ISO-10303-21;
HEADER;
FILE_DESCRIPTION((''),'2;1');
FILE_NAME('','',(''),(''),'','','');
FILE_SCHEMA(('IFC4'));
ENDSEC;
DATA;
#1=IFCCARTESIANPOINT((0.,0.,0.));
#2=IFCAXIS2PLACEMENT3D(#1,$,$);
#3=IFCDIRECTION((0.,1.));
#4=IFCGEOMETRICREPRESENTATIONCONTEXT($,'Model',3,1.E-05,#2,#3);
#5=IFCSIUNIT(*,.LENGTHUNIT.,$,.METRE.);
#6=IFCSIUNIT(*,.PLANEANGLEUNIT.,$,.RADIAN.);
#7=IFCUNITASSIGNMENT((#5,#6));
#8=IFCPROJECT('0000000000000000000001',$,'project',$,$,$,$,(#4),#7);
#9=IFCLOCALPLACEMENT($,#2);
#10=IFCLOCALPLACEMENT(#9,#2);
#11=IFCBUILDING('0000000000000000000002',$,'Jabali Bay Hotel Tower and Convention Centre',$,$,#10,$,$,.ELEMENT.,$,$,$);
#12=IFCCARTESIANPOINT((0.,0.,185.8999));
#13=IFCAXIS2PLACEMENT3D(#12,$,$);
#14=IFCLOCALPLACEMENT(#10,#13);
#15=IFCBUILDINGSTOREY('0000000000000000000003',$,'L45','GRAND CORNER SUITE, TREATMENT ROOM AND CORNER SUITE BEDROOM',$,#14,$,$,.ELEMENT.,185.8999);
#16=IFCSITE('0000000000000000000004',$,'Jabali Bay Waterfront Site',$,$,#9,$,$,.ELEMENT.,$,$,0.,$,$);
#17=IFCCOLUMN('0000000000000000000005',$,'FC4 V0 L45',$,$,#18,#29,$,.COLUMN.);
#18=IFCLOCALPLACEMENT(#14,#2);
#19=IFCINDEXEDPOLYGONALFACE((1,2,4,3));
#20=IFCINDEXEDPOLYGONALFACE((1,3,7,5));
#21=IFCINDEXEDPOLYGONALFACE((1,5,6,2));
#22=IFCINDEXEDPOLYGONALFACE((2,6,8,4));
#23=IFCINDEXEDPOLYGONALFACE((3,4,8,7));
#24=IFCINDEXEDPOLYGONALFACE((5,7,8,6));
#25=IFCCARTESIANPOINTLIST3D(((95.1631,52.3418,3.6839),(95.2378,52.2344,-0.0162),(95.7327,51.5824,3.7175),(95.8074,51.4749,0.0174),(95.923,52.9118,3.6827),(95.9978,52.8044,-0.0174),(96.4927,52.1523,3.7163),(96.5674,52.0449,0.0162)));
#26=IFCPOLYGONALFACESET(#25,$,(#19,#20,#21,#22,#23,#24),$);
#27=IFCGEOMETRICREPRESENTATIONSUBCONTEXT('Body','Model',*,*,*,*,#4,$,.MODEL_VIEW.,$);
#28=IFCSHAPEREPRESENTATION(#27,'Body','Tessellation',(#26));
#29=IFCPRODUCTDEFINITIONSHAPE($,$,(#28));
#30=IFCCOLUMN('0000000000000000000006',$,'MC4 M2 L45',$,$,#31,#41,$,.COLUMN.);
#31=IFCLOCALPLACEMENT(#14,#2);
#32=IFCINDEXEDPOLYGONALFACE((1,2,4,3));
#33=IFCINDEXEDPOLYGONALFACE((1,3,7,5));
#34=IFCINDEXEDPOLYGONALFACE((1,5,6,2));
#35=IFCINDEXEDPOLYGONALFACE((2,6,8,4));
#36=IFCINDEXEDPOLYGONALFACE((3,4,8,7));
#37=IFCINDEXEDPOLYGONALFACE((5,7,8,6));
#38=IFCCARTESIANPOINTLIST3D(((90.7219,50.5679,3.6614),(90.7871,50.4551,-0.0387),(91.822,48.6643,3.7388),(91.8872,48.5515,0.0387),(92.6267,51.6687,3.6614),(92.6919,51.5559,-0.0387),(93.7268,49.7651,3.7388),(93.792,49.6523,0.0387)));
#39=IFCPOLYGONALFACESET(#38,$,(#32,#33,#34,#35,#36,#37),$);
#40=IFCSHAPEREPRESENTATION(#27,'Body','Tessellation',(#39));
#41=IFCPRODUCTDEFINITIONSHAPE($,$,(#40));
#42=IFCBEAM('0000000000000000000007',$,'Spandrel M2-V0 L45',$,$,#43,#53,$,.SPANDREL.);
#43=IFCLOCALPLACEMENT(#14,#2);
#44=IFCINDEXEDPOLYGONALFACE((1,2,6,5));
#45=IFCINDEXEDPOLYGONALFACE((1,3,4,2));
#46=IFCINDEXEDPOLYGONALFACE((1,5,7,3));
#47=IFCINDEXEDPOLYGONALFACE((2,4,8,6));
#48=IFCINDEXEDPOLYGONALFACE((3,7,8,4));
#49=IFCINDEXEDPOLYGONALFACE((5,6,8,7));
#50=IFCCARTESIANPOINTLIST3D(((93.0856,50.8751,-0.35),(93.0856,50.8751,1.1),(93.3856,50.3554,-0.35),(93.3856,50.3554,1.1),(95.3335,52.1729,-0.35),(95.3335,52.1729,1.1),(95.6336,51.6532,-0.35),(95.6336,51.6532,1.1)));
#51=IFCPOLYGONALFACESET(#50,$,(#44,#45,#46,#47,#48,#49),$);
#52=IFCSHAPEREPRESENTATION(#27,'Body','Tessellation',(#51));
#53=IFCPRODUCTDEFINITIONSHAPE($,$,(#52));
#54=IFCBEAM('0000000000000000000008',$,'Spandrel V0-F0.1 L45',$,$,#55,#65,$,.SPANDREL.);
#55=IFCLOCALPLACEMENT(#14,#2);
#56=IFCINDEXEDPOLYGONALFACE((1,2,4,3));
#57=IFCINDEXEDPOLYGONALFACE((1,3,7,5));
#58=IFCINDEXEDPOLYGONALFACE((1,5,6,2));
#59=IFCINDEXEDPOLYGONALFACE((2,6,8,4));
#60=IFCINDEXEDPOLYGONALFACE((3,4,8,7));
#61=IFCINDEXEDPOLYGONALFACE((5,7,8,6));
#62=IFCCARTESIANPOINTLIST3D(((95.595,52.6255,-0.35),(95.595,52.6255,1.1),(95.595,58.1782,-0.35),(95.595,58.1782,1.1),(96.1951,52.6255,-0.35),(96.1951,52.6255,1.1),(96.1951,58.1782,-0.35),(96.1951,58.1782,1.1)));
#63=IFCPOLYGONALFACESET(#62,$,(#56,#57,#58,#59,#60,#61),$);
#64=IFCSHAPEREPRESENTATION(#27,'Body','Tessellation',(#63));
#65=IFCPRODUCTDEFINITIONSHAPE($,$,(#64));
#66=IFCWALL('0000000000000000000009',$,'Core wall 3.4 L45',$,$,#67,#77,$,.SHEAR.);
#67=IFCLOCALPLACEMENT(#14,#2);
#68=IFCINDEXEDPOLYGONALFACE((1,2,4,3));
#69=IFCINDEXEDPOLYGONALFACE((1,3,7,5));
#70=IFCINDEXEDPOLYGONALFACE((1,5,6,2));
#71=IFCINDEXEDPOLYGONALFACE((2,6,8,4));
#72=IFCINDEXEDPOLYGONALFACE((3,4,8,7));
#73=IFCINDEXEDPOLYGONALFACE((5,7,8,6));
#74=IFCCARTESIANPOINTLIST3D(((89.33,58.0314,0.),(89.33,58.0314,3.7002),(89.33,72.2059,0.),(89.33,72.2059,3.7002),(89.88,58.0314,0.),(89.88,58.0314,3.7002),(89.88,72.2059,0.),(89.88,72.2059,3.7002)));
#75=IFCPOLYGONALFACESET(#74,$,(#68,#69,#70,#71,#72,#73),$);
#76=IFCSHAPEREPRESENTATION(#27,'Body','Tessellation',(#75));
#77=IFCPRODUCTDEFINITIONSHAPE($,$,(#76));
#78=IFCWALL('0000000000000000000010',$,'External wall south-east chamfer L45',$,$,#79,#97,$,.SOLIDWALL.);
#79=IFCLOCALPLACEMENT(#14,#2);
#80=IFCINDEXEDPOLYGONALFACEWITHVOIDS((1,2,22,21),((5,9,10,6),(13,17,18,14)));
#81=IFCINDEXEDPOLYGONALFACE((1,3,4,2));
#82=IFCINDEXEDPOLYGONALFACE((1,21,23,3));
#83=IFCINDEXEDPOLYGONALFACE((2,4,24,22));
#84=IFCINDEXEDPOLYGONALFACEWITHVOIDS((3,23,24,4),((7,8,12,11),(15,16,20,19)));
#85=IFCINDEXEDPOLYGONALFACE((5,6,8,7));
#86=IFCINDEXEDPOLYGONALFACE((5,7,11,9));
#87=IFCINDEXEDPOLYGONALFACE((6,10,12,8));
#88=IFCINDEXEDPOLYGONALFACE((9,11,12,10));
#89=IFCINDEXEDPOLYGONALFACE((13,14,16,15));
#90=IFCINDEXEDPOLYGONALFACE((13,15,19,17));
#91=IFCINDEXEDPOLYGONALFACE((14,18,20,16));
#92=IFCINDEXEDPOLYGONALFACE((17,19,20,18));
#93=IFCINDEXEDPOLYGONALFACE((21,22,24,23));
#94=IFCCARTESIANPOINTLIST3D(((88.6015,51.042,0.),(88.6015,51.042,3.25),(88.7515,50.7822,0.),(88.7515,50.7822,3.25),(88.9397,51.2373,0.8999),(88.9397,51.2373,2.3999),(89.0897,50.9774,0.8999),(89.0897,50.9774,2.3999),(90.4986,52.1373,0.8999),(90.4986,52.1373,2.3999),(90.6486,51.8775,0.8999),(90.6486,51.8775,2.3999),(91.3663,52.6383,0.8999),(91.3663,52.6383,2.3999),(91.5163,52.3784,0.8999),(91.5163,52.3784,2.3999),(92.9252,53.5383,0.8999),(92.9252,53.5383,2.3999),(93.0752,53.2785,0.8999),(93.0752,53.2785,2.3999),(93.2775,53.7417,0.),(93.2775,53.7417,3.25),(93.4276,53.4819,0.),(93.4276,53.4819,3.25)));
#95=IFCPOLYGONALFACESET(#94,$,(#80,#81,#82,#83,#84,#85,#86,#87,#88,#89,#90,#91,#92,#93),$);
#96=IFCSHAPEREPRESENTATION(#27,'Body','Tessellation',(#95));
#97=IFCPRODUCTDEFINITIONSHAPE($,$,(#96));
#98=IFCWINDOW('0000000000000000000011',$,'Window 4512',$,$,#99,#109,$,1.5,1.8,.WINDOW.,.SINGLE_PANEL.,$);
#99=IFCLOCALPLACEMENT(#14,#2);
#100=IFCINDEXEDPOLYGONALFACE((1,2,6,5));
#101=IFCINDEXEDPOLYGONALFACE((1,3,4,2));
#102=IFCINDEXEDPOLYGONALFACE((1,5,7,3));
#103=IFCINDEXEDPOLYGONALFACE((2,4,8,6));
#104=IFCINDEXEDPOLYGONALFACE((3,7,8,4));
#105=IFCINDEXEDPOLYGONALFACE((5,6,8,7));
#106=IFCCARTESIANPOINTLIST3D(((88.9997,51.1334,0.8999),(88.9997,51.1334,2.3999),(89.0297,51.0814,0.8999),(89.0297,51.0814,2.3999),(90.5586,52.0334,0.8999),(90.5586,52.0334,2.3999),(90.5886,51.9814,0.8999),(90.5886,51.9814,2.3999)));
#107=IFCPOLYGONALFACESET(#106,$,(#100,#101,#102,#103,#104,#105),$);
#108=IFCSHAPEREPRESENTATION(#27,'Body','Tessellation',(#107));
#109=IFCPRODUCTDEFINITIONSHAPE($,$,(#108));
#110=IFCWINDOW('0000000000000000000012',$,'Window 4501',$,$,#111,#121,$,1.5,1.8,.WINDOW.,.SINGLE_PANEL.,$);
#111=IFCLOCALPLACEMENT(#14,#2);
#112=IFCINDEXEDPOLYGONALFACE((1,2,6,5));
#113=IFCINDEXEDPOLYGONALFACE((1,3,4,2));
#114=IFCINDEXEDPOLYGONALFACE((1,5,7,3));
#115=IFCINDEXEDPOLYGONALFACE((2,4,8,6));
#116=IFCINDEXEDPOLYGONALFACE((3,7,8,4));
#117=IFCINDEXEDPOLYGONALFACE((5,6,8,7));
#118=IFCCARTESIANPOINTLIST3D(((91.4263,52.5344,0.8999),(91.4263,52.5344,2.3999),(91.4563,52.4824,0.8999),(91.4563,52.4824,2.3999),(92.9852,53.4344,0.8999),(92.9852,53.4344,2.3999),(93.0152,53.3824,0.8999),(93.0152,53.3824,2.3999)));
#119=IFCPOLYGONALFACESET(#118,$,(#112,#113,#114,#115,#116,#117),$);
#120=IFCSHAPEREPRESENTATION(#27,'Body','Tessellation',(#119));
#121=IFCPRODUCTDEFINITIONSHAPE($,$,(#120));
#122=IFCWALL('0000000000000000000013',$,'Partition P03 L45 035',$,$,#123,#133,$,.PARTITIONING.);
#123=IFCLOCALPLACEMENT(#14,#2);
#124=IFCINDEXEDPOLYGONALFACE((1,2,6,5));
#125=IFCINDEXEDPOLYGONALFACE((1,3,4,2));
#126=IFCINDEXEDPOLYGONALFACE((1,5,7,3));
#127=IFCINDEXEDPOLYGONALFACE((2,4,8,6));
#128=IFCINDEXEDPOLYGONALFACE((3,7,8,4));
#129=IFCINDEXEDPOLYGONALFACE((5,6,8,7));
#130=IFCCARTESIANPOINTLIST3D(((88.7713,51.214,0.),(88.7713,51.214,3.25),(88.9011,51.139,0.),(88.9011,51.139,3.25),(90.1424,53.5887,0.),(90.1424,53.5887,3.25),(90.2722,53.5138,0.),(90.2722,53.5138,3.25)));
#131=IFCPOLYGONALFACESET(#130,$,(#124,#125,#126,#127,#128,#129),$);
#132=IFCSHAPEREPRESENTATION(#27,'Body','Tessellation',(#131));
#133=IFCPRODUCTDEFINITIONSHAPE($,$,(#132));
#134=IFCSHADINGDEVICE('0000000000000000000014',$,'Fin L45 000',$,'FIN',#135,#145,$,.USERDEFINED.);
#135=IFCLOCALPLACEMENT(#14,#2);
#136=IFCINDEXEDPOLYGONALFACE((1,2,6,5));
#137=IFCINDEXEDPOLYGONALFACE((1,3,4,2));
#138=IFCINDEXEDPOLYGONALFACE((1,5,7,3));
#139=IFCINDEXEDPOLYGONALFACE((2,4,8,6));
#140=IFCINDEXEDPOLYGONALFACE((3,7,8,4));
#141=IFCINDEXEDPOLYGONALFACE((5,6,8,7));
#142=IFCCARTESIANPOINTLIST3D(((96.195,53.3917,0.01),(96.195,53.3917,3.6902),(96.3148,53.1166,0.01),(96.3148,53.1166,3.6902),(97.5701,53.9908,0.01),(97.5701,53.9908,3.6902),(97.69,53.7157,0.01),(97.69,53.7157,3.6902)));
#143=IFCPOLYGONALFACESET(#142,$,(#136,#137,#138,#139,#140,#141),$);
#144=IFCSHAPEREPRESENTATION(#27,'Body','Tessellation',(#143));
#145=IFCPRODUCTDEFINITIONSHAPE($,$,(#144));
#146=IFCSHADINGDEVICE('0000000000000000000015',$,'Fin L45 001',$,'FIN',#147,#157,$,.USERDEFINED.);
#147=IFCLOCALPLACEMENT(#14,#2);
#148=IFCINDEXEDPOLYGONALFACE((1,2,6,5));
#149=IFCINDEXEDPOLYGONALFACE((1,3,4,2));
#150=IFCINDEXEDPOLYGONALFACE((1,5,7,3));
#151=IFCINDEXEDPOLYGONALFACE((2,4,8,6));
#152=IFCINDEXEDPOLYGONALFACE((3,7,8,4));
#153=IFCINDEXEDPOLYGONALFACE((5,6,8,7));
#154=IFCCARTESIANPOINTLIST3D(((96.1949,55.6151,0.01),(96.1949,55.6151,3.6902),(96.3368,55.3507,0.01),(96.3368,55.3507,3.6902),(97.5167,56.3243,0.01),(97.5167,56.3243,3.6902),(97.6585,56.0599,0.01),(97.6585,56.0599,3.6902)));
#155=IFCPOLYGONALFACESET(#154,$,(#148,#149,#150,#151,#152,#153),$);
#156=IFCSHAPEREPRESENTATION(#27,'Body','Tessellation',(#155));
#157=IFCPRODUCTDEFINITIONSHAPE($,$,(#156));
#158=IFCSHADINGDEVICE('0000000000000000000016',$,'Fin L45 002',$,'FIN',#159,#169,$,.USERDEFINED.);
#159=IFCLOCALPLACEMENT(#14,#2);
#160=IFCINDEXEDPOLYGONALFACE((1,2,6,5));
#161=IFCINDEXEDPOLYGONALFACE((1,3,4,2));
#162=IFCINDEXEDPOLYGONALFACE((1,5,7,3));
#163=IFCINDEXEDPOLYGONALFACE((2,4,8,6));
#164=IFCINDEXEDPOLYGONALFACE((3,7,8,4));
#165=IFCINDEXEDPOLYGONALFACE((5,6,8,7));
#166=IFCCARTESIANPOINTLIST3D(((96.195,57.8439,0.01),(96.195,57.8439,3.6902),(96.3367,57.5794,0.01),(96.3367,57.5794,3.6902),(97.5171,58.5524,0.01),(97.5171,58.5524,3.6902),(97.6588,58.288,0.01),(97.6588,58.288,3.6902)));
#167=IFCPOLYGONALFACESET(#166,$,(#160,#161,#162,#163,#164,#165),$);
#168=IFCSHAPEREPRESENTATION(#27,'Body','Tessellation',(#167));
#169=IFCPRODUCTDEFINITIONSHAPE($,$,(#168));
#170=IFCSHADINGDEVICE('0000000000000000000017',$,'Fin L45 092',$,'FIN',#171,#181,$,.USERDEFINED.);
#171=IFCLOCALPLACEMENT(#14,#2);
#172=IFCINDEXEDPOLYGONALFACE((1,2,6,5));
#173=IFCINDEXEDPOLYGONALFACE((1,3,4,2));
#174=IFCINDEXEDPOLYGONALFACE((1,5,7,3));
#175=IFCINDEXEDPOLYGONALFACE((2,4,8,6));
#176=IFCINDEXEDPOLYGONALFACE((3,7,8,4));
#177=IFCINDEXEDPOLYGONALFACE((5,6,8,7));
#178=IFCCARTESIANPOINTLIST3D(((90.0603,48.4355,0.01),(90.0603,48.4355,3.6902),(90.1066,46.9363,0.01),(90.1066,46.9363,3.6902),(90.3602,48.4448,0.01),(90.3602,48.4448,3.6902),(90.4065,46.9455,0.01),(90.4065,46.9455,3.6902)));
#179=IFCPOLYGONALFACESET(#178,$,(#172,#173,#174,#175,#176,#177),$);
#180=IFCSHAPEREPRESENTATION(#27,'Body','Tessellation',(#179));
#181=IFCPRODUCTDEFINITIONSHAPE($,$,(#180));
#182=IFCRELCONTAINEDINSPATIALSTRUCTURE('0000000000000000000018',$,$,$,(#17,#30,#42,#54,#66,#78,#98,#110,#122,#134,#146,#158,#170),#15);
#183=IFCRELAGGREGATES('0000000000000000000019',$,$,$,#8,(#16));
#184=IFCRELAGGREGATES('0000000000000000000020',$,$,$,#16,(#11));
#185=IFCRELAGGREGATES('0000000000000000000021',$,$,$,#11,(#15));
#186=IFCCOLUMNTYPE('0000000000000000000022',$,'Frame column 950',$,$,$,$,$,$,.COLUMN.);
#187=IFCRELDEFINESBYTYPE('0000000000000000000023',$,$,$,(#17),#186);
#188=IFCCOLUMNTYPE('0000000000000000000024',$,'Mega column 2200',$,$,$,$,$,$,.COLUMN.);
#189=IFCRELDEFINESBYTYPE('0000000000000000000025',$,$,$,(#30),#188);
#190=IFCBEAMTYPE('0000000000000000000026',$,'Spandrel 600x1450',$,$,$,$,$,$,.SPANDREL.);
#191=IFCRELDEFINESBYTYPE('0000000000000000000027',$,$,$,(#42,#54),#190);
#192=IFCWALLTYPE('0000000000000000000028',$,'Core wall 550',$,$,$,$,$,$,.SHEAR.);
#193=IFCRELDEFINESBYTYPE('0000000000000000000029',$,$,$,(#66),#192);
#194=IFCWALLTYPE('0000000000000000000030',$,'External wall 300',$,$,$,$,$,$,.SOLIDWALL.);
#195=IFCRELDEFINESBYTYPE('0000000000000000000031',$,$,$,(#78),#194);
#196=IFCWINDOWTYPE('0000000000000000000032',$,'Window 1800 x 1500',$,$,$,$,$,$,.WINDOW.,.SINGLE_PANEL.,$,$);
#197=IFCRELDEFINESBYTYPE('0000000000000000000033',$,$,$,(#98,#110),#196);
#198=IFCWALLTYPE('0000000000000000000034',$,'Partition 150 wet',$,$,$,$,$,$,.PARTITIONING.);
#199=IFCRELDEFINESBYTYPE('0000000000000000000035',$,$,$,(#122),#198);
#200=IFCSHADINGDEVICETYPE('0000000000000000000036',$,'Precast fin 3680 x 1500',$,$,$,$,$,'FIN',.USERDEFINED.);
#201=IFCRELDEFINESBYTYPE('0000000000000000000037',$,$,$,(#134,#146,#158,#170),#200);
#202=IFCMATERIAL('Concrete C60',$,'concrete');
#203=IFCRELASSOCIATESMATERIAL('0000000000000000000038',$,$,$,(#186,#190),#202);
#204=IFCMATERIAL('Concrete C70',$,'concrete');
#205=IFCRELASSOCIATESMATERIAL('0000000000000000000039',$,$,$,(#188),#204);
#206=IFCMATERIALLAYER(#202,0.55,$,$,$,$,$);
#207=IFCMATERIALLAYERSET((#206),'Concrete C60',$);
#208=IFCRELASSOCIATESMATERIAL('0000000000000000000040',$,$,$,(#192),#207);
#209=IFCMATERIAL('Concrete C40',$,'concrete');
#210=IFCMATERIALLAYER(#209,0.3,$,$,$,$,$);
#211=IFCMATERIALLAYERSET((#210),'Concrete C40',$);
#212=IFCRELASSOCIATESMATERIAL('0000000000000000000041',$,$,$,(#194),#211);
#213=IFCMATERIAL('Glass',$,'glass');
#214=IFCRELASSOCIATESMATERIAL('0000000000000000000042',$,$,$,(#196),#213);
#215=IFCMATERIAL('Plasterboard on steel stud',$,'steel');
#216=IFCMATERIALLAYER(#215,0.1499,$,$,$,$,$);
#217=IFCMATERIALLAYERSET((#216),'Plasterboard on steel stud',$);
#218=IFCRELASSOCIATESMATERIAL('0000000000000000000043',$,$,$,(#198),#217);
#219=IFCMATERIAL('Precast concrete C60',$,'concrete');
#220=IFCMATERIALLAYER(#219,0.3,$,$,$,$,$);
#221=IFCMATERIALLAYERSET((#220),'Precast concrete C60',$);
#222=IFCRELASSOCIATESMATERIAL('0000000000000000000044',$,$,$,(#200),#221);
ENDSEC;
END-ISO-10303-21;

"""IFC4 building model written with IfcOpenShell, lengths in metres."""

from ifc_helpers import new_model, si_unit, direction, frame, frame_2d, origin, origin_2d, place, context, subcontext, project, spatial, rectangle, extrude, material, layer, layer_set, material_profile, profile_set, type_object, element, fill, save


model = new_model("IFC4")

# Units and contexts
model_context = context("Model", 3, precision=1e-05, world=origin(), true_north=direction((0.0, 1.0)))
body_context = subcontext(model_context, "Body", "Model", "MODEL_VIEW")
ifc_project = project(units=[si_unit("LENGTHUNIT", "METRE"), si_unit("PLANEANGLEUNIT", "RADIAN")], contexts=[model_context])

# Site, building, storey
site_placement = place(None, origin())
site = spatial("IfcSite", under=ifc_project, at=site_placement, Name="Jabali Bay Waterfront Site", CompositionType="ELEMENT", RefElevation=0.0)
building_placement = place(site_placement, origin())
building = spatial("IfcBuilding", under=site, at=building_placement, Name="Jabali Bay Hotel Tower and Convention Centre", CompositionType="ELEMENT")
storey_placement = place(building_placement, frame((0.0, 0.0, 185.8999)))
storey = spatial("IfcBuildingStorey", under=building, at=storey_placement, Name="L45", Description="GRAND CORNER SUITE, TREATMENT ROOM AND CORNER SUITE BEDROOM", CompositionType="ELEMENT", Elevation=185.8999)

# Columns
ifc_material_1 = material(Name="Concrete C60", Category="concrete")
ifc_material_profile_1 = material_profile(ifc_material_1, rectangle(XDim=0.95, YDim=0.95, at=origin_2d()), Name="Frame column 950")
ifc_profile_set_1 = profile_set([ifc_material_profile_1], Name="Concrete C60")
column_type_1 = type_object("IfcColumnType", Name="Frame column 950", PredefinedType="COLUMN", material=ifc_profile_set_1)
column_1_placement = place(storey_placement, frame((95.9026, 52.1396, 0.0), z_axis=(-0.020177, 0.029013, 0.999375), x_axis=(-0.800007, -0.599989, 0.001266)))
element("IfcColumn", 1, at=column_1_placement, inside=storey, type_object=column_type_1, Name="FC4 V0 L45", PredefinedType="COLUMN", context=body_context, shape_type="SweptSolid", body=[
    extrude(rectangle(XDim=0.95, YDim=0.95, at=origin_2d()), origin(), (0.0, 0.0, 1.0), 3.7024),
])
ifc_material_2 = material(Name="Concrete C70", Category="concrete")
ifc_material_profile_2 = material_profile(ifc_material_2, rectangle(XDim=2.2, YDim=2.2, at=origin_2d()), Name="Mega column 2200")
ifc_profile_set_2 = profile_set([ifc_material_profile_2], Name="Concrete C70")
column_type_2 = type_object("IfcColumnType", Name="Mega column 2200", PredefinedType="COLUMN", material=ifc_profile_set_2)
column_2_placement = place(storey_placement, frame((92.2896, 50.0537, 0.0), z_axis=(-0.017606, 0.030464, 0.999381), x_axis=(0.500056, -0.865278, 0.035186)))
element("IfcColumn", 2, at=column_2_placement, inside=storey, type_object=column_type_2, Name="MC4 M2 L45", PredefinedType="COLUMN", context=body_context, shape_type="SweptSolid", body=[
    extrude(rectangle(XDim=2.2, YDim=2.2, at=origin_2d()), origin(), (0.0, 0.0, 1.0), 3.7024),
])

# Beams
ifc_material_profile_3 = material_profile(ifc_material_1, rectangle(XDim=0.6001, YDim=1.45, at=origin_2d()), Name="Spandrel 600x1450")
ifc_profile_set_3 = profile_set([ifc_material_profile_3], Name="Concrete C60")
beam_type = type_object("IfcBeamType", Name="Spandrel 600x1450", PredefinedType="SPANDREL", material=ifc_profile_set_3)
beam_1_placement = place(storey_placement, frame((93.2356, 50.6152, 0.375), z_axis=(0.866035, 0.499983, 0.0), x_axis=(-0.499983, 0.866035, 0.0)))
element("IfcBeam", 3, at=beam_1_placement, inside=storey, type_object=beam_type, Name="Spandrel M2-V0 L45", PredefinedType="SPANDREL", context=body_context, shape_type="SweptSolid", body=[
    extrude(rectangle(XDim=0.6001, YDim=1.45, at=origin_2d()), origin(), (0.0, 0.0, 1.0), 2.5957),
])
beam_2_placement = place(storey_placement, frame((95.895, 52.6255, 0.375), z_axis=(0.0, 1.0, 0.0), x_axis=(-1.0, 0.0, 0.0)))
element("IfcBeam", 4, at=beam_2_placement, inside=storey, type_object=beam_type, Name="Spandrel V0-F0.1 L45", PredefinedType="SPANDREL", context=body_context, shape_type="SweptSolid", body=[
    extrude(rectangle(XDim=0.6001, YDim=1.45, at=origin_2d()), origin(), (0.0, 0.0, 1.0), 5.5527),
])

# Wall
ifc_layer_1 = layer(ifc_material_1, 0.55)
ifc_layer_set_1 = layer_set([ifc_layer_1], Name="Concrete C60")
wall_type_1 = type_object("IfcWallType", Name="Core wall 550", PredefinedType="SHEAR", material=ifc_layer_set_1)
wall_1_placement = place(storey_placement, frame((89.605, 58.0312, 0.0), z_axis=(0.0, 0.0, 1.0), x_axis=(0.0, 1.0, 0.0)))
element("IfcWall", 5, at=wall_1_placement, inside=storey, type_object=wall_type_1, Name="Core wall 3.4 L45", PredefinedType="SHEAR", context=body_context, shape_type="SweptSolid", body=[
    extrude(rectangle(XDim=14.1746, YDim=0.55, at=frame_2d((7.0874, 0.0))), origin(), (0.0, 0.0, 1.0), 3.7002),
])

# Wall, openings, windows
ifc_material_3 = material(Name="Concrete C40", Category="concrete")
ifc_layer_2 = layer(ifc_material_3, 0.3)
ifc_layer_set_2 = layer_set([ifc_layer_2], Name="Concrete C40")
wall_type_2 = type_object("IfcWallType", Name="External wall 300", PredefinedType="SOLIDWALL", material=ifc_layer_set_2)
wall_2_placement = place(storey_placement, frame((93.3525, 53.6118, 0.0), z_axis=(0.0, 0.0, 1.0), x_axis=(-0.866025, -0.5, 0.0)))
wall_2 = element("IfcWall", 6, at=wall_2_placement, inside=storey, type_object=wall_type_2, Name="External wall south-east chamfer L45", PredefinedType="SOLIDWALL", context=body_context, shape_type="SweptSolid", body=[
    extrude(rectangle(XDim=5.3994, YDim=0.3, at=frame_2d((2.6997, 0.0))), origin(), (0.0, 0.0, 1.0), 3.25),
])
opening_1_placement = place(wall_2_placement, frame((3.209, 0.0, 0.8999)))
opening_1 = element("IfcOpeningElement", 7, at=opening_1_placement, cuts=wall_2, PredefinedType="OPENING", context=body_context, shape_type="SweptSolid", body=[
    extrude(rectangle(XDim=1.8, YDim=1.5, at=frame_2d((0.8999, 0.75))), frame((0.0, 0.1606, 0.0), z_axis=(0.0, -1.0, 0.0), x_axis=(1.0, 0.0, 0.0)), (0.0, 0.0, 1.0), 0.321),
])
opening_2_placement = place(wall_2_placement, frame((0.407, 0.0, 0.8999)))
opening_2 = element("IfcOpeningElement", 8, at=opening_2_placement, cuts=wall_2, PredefinedType="OPENING", context=body_context, shape_type="SweptSolid", body=[
    extrude(rectangle(XDim=1.8, YDim=1.5, at=frame_2d((0.8999, 0.75))), frame((0.0, 0.1606, 0.0), z_axis=(0.0, -1.0, 0.0), x_axis=(1.0, 0.0, 0.0)), (0.0, 0.0, 1.0), 0.321),
])
ifc_material_4 = material(Name="Glass", Category="glass")
window_type = type_object("IfcWindowType", Name="Window 1800 x 1500", PartitioningType="SINGLE_PANEL", PredefinedType="WINDOW", material=ifc_material_4)
window_1_placement = place(opening_1_placement, origin())
window_1 = element("IfcWindow", 9, at=window_1_placement, inside=storey, type_object=window_type, Name="Window 4512", OverallHeight=1.5, OverallWidth=1.8, PartitioningType="SINGLE_PANEL", PredefinedType="WINDOW", context=body_context, shape_type="SweptSolid", body=[
    extrude(rectangle(XDim=1.8, YDim=1.5, at=frame_2d((0.8999, 0.75))), frame((0.0, 0.03, 0.0), z_axis=(0.0, -1.0, 0.0), x_axis=(1.0, 0.0, 0.0)), (0.0, 0.0, 1.0), 0.0601),
])
fill(opening_1, window_1)
window_2_placement = place(opening_2_placement, origin())
window_2 = element("IfcWindow", 10, at=window_2_placement, inside=storey, type_object=window_type, Name="Window 4501", OverallHeight=1.5, OverallWidth=1.8, PartitioningType="SINGLE_PANEL", PredefinedType="WINDOW", context=body_context, shape_type="SweptSolid", body=[
    extrude(rectangle(XDim=1.8, YDim=1.5, at=frame_2d((0.8999, 0.75))), frame((0.0, 0.03, 0.0), z_axis=(0.0, -1.0, 0.0), x_axis=(1.0, 0.0, 0.0)), (0.0, 0.0, 1.0), 0.0601),
])
fill(opening_2, window_2)

# Wall
ifc_material_5 = material(Name="Plasterboard on steel stud", Category="steel")
ifc_layer_3 = layer(ifc_material_5, 0.1499)
ifc_layer_set_3 = layer_set([ifc_layer_3], Name="Plasterboard on steel stud")
wall_type_3 = type_object("IfcWallType", Name="Partition 150 wet", PredefinedType="PARTITIONING", material=ifc_layer_set_3)
wall_3_placement = place(storey_placement, frame((90.2073, 53.5513, 0.0), z_axis=(0.0, 0.0, 1.0), x_axis=(-0.500008, -0.866021, 0.0)))
element("IfcWall", 11, at=wall_3_placement, inside=storey, type_object=wall_type_3, Name="Partition P03 L45 035", PredefinedType="PARTITIONING", context=body_context, shape_type="SweptSolid", body=[
    extrude(rectangle(XDim=2.7422, YDim=0.1499, at=frame_2d((1.3711, 0.0))), origin(), (0.0, 0.0, 1.0), 3.25),
])

# Shading devices
ifc_material_6 = material(Name="Precast concrete C60", Category="concrete")
ifc_layer_4 = layer(ifc_material_6, 0.3)
ifc_layer_set_4 = layer_set([ifc_layer_4], Name="Precast concrete C60")
shading_device_type = type_object("IfcShadingDeviceType", Name="Precast fin 3680 x 1500", ElementType="FIN", PredefinedType="USERDEFINED", material=ifc_layer_set_4)
for number, where, z_axis, x_axis, name in (
    (12, (96.2549, 53.2542, 0.01), (0.0, 0.0, 1.0), (0.91678, 0.399393, 0.0), "Fin L45 000"),
    (13, (96.2659, 55.4829, 0.01), (0.0, 0.0, 1.0), (0.881165, 0.472808, 0.0), "Fin L45 001"),
    (14, (96.2659, 57.7117, 0.01), (0.0, 0.0, 1.0), (0.881405, 0.472361, 0.0), "Fin L45 002"),
    (15, (90.2102, 48.4402, 0.01), (0.0, 0.0, 1.0), (0.030925, -0.999522, 0.0), "Fin L45 092"),
):
    element("IfcShadingDevice", number, at=place(storey_placement, frame(where, z_axis=z_axis, x_axis=x_axis)), inside=storey, type_object=shading_device_type, Name=name, ObjectType="FIN", PredefinedType="USERDEFINED", context=body_context, shape_type="SweptSolid", body=[
        extrude(rectangle(XDim=1.5, YDim=0.3, at=frame_2d((0.75, 0.0))), origin(), (0.0, 0.0, 1.0), 3.6802),
    ])

save(model, "model.ifc")
